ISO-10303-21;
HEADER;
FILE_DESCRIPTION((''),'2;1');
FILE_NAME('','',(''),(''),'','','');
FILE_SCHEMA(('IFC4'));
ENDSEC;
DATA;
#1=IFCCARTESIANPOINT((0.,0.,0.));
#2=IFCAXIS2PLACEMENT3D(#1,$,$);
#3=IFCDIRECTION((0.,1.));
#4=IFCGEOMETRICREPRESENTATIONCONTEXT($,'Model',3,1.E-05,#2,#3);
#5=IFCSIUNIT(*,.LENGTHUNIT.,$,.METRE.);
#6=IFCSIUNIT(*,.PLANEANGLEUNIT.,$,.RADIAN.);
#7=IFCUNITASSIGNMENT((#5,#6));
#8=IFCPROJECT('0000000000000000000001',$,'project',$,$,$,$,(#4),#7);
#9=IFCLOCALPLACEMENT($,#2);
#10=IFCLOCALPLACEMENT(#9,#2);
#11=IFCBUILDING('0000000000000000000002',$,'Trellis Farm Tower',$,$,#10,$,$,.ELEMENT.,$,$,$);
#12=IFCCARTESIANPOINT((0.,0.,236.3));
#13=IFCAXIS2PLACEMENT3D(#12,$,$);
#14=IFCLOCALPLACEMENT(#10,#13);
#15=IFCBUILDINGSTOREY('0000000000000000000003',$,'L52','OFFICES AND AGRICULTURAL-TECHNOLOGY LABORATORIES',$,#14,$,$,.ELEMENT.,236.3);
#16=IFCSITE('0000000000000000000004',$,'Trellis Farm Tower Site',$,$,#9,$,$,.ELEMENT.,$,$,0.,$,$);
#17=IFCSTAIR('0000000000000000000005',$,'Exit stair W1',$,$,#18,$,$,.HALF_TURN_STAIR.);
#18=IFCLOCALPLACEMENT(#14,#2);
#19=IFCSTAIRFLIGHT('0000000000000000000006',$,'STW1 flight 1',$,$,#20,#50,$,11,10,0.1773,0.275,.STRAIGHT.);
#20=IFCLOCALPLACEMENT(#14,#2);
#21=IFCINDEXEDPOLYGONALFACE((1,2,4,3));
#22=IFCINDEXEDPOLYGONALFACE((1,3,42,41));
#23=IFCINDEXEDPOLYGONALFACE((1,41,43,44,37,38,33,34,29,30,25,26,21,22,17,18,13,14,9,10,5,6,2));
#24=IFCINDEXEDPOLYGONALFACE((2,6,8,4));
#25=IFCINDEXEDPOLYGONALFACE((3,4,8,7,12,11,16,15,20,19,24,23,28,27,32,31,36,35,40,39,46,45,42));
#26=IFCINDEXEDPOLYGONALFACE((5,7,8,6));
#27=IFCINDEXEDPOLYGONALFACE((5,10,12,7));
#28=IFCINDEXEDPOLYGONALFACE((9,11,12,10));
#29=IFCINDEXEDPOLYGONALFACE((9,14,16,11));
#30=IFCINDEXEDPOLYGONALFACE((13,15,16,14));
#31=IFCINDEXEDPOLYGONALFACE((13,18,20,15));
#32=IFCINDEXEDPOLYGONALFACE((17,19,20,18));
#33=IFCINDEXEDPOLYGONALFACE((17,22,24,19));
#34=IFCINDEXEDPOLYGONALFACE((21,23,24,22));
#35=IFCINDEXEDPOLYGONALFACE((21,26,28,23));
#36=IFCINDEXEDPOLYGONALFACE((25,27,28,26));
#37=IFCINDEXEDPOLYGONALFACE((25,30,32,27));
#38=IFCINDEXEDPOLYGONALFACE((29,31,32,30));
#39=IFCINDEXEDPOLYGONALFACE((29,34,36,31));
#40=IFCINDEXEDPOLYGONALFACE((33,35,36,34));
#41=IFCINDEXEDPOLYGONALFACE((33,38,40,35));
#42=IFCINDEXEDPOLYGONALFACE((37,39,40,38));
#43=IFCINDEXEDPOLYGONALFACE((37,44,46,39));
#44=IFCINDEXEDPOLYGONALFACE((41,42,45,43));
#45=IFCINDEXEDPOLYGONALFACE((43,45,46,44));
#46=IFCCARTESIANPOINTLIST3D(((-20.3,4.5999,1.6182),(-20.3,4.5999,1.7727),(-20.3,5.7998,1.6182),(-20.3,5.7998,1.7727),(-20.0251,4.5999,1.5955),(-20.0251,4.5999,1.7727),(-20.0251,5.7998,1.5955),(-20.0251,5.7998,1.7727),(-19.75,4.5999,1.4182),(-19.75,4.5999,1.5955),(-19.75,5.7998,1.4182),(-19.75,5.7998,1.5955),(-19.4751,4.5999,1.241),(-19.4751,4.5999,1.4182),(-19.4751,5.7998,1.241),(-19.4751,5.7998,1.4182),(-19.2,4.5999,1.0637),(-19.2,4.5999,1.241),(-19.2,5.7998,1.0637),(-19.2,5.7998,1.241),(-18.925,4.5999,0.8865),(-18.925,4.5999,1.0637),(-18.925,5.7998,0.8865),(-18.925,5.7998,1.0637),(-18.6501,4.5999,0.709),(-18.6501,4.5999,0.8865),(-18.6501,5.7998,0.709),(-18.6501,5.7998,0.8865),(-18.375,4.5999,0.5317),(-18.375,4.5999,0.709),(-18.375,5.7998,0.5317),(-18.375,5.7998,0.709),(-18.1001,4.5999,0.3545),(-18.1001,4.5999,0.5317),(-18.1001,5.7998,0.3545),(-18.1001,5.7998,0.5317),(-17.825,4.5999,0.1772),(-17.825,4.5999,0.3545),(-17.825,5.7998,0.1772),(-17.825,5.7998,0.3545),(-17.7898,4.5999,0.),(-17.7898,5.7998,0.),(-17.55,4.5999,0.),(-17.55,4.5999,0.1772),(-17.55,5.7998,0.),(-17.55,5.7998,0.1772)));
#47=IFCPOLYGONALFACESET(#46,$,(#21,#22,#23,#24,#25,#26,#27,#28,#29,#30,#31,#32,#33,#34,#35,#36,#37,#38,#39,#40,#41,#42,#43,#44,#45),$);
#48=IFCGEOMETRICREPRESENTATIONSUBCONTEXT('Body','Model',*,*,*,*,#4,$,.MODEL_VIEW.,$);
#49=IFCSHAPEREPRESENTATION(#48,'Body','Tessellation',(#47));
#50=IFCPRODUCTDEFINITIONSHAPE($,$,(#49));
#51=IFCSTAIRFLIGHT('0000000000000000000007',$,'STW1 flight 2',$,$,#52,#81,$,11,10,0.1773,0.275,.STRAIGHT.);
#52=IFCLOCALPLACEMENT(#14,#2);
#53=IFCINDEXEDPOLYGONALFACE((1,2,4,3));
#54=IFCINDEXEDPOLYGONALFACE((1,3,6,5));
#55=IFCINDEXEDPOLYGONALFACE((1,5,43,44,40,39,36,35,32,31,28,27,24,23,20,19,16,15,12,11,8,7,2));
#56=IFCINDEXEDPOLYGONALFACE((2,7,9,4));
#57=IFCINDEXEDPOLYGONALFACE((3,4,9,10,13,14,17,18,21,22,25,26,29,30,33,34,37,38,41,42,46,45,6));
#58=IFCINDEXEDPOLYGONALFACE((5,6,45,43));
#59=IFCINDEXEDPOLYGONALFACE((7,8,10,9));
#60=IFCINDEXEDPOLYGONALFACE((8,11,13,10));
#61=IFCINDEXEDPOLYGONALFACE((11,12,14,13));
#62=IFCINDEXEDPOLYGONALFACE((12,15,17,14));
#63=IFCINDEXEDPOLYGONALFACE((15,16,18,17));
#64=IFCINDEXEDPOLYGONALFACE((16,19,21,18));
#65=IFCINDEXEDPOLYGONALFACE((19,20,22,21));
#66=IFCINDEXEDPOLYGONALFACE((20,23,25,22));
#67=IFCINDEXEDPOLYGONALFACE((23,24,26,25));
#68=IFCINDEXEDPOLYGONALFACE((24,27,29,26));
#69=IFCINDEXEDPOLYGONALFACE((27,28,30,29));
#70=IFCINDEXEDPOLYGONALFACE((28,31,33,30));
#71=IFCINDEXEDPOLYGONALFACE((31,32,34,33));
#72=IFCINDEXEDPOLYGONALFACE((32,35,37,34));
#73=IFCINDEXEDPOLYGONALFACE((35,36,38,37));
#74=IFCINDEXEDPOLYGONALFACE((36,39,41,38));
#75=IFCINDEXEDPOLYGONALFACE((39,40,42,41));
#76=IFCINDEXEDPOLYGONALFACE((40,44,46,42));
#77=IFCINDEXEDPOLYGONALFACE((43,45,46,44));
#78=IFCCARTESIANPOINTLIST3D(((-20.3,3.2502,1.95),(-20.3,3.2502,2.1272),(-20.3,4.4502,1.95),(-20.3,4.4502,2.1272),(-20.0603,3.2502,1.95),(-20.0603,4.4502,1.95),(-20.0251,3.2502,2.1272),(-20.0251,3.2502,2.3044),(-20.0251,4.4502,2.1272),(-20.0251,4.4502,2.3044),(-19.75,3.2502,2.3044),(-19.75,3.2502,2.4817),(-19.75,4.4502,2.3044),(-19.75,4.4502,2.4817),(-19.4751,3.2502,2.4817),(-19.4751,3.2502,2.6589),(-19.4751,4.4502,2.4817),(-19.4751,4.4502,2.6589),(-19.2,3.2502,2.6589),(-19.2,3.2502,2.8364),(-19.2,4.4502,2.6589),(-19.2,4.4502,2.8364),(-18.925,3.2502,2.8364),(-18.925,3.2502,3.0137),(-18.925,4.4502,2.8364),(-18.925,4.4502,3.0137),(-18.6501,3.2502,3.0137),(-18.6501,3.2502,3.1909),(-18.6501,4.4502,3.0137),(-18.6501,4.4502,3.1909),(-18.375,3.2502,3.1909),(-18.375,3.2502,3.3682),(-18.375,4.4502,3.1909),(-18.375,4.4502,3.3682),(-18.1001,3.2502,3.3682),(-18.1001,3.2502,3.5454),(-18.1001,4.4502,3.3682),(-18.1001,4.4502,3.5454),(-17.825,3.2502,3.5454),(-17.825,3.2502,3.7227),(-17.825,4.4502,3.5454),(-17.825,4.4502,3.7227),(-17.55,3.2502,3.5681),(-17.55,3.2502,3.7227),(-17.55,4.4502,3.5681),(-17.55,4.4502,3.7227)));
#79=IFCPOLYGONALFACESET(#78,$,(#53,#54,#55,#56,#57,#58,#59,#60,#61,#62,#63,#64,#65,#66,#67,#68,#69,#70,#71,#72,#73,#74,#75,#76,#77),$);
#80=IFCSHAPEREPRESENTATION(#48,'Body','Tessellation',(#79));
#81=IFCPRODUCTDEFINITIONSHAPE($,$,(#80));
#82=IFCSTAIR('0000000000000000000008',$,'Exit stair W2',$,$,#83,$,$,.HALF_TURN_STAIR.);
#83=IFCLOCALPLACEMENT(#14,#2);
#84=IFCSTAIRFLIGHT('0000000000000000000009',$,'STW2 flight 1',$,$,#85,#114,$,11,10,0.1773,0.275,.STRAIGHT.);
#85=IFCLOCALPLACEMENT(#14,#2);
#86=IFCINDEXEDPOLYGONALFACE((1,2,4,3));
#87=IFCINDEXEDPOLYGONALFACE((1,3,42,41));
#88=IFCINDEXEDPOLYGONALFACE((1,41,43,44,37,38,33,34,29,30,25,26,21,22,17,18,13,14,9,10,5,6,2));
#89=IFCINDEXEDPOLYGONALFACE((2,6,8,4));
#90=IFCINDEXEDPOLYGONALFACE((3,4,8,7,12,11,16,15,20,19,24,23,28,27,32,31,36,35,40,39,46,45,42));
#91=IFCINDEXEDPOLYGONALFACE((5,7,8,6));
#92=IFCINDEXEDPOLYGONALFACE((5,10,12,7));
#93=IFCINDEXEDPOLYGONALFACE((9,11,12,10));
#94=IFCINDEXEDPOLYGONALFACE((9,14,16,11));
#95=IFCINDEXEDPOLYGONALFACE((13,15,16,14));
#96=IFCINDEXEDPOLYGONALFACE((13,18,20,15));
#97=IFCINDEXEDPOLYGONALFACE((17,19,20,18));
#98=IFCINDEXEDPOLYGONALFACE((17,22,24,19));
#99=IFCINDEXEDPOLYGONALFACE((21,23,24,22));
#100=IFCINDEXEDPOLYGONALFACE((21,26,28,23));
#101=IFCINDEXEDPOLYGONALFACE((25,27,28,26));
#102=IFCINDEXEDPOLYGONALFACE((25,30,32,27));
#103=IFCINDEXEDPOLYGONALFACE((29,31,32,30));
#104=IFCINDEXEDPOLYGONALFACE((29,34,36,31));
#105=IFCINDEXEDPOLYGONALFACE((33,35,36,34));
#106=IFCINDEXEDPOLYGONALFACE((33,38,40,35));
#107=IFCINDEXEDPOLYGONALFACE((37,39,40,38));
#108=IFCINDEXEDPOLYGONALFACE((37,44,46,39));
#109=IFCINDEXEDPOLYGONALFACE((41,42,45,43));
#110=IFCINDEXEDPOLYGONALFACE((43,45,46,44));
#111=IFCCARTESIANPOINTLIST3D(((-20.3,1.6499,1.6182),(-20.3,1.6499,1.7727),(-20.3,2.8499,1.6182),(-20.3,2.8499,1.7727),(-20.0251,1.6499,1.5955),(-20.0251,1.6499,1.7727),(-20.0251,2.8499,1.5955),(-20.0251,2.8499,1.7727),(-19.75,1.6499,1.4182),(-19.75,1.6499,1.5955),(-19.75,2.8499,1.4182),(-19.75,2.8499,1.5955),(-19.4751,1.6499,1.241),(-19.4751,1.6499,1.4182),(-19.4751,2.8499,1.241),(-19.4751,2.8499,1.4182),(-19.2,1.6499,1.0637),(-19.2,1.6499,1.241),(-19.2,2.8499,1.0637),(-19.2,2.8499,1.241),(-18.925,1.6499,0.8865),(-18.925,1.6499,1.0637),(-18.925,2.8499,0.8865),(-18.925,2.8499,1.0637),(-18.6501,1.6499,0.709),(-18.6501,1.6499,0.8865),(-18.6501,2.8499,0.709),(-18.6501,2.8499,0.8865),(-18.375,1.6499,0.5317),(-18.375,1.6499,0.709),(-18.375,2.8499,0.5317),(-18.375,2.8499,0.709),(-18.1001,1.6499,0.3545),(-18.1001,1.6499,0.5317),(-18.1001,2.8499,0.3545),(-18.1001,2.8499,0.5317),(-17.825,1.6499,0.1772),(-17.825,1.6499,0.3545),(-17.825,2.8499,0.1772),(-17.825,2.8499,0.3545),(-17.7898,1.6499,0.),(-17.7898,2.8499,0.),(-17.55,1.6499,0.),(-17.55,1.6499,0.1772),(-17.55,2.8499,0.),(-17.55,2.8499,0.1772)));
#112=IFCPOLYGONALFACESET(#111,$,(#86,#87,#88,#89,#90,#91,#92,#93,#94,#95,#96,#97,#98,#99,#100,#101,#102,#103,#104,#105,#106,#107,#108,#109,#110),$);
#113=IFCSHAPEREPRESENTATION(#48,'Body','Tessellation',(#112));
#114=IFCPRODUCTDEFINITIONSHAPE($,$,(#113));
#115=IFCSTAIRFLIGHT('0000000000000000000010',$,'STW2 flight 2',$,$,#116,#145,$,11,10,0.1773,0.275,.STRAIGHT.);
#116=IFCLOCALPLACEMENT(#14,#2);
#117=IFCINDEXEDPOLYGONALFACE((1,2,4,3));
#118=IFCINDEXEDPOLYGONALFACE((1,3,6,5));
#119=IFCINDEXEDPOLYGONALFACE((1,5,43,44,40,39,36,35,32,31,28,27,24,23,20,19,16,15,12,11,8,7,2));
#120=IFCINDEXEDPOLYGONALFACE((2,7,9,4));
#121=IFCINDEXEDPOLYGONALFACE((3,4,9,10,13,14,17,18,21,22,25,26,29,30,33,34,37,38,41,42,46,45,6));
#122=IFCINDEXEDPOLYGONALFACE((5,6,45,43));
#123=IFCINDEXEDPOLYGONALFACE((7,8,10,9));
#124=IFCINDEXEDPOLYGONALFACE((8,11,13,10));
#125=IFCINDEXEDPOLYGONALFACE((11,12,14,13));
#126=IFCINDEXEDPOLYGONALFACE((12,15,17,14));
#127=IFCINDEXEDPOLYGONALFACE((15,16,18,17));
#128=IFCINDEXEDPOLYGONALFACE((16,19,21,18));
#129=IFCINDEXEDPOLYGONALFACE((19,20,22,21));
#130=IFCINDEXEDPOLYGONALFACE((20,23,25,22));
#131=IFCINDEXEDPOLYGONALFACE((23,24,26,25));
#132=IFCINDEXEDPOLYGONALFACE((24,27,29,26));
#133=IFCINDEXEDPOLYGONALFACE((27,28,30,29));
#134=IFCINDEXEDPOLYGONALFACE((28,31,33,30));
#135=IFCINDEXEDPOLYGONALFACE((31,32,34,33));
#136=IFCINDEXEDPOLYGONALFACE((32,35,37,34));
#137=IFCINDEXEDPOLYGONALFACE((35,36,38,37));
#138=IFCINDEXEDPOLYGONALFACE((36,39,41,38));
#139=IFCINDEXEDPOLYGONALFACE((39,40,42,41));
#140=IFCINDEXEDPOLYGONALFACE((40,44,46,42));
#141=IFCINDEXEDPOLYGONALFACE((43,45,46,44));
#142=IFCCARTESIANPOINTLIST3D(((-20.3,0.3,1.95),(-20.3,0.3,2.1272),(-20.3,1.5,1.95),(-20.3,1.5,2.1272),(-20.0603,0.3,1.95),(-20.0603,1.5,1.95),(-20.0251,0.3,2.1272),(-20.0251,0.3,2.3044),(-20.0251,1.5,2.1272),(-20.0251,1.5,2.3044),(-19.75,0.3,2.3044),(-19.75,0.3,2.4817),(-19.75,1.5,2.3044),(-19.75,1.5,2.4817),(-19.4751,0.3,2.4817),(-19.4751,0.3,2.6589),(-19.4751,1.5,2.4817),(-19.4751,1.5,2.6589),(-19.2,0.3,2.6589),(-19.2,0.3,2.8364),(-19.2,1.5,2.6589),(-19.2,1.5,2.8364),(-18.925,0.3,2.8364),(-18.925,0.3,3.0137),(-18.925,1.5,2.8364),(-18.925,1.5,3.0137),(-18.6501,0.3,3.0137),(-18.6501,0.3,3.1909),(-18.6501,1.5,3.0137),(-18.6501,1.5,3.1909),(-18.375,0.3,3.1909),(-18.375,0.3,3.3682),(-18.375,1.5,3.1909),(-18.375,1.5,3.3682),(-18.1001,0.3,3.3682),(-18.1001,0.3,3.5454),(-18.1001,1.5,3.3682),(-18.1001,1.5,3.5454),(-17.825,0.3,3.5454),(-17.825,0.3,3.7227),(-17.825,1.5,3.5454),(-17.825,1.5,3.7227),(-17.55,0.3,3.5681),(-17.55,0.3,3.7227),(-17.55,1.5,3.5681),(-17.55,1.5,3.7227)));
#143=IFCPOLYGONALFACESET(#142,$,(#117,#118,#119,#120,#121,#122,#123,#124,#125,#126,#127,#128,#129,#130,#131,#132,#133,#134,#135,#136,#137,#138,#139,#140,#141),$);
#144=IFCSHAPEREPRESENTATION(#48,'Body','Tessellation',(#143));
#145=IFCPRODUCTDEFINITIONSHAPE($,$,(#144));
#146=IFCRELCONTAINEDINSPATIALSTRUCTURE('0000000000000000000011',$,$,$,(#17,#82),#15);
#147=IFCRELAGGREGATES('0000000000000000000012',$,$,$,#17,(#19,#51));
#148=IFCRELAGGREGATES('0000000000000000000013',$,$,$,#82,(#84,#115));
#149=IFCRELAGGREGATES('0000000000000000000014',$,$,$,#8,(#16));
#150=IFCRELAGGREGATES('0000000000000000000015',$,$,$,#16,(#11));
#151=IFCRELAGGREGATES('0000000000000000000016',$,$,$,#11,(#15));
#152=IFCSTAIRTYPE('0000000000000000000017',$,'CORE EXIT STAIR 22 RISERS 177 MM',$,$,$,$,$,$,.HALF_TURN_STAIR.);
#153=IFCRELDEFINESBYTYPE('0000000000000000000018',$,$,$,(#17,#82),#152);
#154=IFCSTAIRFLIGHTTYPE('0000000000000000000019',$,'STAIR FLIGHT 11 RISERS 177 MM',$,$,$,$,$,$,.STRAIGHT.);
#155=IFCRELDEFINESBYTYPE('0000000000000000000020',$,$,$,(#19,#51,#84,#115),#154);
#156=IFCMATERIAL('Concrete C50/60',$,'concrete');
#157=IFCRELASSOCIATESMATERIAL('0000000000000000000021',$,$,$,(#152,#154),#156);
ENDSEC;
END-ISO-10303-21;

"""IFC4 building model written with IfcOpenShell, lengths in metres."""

from ifc_helpers import new_model, si_unit, direction, frame, origin, place, context, subcontext, project, spatial, polyline, outline, extrude, source, transform, mapped, material, type_object, element, aggregate, save


model = new_model("IFC4")

# Units and contexts
model_context = context("Model", 3, precision=1e-05, world=origin(), true_north=direction((0.0, 1.0)))
body_context = subcontext(model_context, "Body", "Model", "MODEL_VIEW")
ifc_project = project(units=[si_unit("LENGTHUNIT", "METRE"), si_unit("PLANEANGLEUNIT", "RADIAN")], contexts=[model_context])

# Site, building, storey
site_placement = place(None, origin())
site = spatial("IfcSite", under=ifc_project, at=site_placement, Name="Trellis Farm Tower Site", CompositionType="ELEMENT", RefElevation=0.0)
building_placement = place(site_placement, origin())
building = spatial("IfcBuilding", under=site, at=building_placement, Name="Trellis Farm Tower", CompositionType="ELEMENT")
storey_placement = place(building_placement, frame((0.0, 0.0, 236.3)))
storey = spatial("IfcBuildingStorey", under=building, at=storey_placement, Name="L52", Description="OFFICES AND AGRICULTURAL-TECHNOLOGY LABORATORIES", CompositionType="ELEMENT", Elevation=236.3)

# Shared definitions
placement = place(storey_placement, origin())

# Stairs, stair flights
ifc_material_1 = material(Name="Concrete C50/60", Category="concrete")
stair_type = type_object("IfcStairType", Name="CORE EXIT STAIR 22 RISERS 177 MM", PredefinedType="HALF_TURN_STAIR", material=ifc_material_1)
stair_1 = element("IfcStair", 1, at=placement, inside=storey, type_object=stair_type, Name="Exit stair W1", PredefinedType="HALF_TURN_STAIR")
stair_flight_type = type_object("IfcStairFlightType", Name="STAIR FLIGHT 11 RISERS 177 MM", PredefinedType="STRAIGHT", material=ifc_material_1)
shared_shape_1 = source(origin(), body_context, "Body", "SweptSolid", [
    extrude(outline(polyline([(0.0, 0.0), (0.0, 0.1772), (0.2749, 0.1772), (0.2749, 0.3545), (0.55, 0.3545), (0.55, 0.5317), (0.825, 0.5317), (0.825, 0.709), (1.1001, 0.709), (1.1001, 0.8865), (1.375, 0.8865), (1.375, 1.0637), (1.6499, 1.0637), (1.6499, 1.241), (1.925, 1.241), (1.925, 1.4182), (2.2, 1.4182), (2.2, 1.5955), (2.4751, 1.5955), (2.4751, 1.7727), (2.75, 1.7727), (2.75, 1.95), (2.75, 1.6182), (0.2397, 0.0), (0.0, 0.0)])), frame((0.0, 0.6001, 0.0), z_axis=(0.0, -1.0, 0.0), x_axis=(1.0, 0.0, 0.0)), (0.0, 0.0, 1.0), 1.2),
])
stair_flight_1_placement = place(storey_placement, frame((-17.55, 5.2, 0.0), z_axis=(0.0, 0.0, 1.0), x_axis=(-1.0, 0.0, 0.0)))
stair_flight_1 = element("IfcStairFlight", 2, at=stair_flight_1_placement, type_object=stair_flight_type, Name="STW1 flight 1", NumberOfRisers=11, NumberOfTreads=10, PredefinedType="STRAIGHT", RiserHeight=0.1773, TreadLength=0.275, context=body_context, shape_type="MappedRepresentation", body=[
    mapped(shared_shape_1, transform((0.0, 0.0, 0.0))),
])
stair_flight_2_placement = place(storey_placement, frame((-20.3, 3.8501, 1.95), z_axis=(0.0, 0.0, 1.0), x_axis=(1.0, 0.0, 0.0)))
stair_flight_2 = element("IfcStairFlight", 3, at=stair_flight_2_placement, type_object=stair_flight_type, Name="STW1 flight 2", NumberOfRisers=11, NumberOfTreads=10, PredefinedType="STRAIGHT", RiserHeight=0.1773, TreadLength=0.275, context=body_context, shape_type="MappedRepresentation", body=[
    mapped(shared_shape_1, transform((0.0, 0.0, 0.0))),
])
aggregate(stair_1, [stair_flight_1, stair_flight_2])
stair_2 = element("IfcStair", 4, at=placement, inside=storey, type_object=stair_type, Name="Exit stair W2", PredefinedType="HALF_TURN_STAIR")
stair_flight_3_placement = place(storey_placement, frame((-17.55, 2.25, 0.0), z_axis=(0.0, 0.0, 1.0), x_axis=(-1.0, 0.0, 0.0)))
stair_flight_3 = element("IfcStairFlight", 5, at=stair_flight_3_placement, type_object=stair_flight_type, Name="STW2 flight 1", NumberOfRisers=11, NumberOfTreads=10, PredefinedType="STRAIGHT", RiserHeight=0.1773, TreadLength=0.275, context=body_context, shape_type="MappedRepresentation", body=[
    mapped(shared_shape_1, transform((0.0, 0.0, 0.0))),
])
stair_flight_4_placement = place(storey_placement, frame((-20.3, 0.8999, 1.95), z_axis=(0.0, 0.0, 1.0), x_axis=(1.0, 0.0, 0.0)))
stair_flight_4 = element("IfcStairFlight", 6, at=stair_flight_4_placement, type_object=stair_flight_type, Name="STW2 flight 2", NumberOfRisers=11, NumberOfTreads=10, PredefinedType="STRAIGHT", RiserHeight=0.1773, TreadLength=0.275, context=body_context, shape_type="MappedRepresentation", body=[
    mapped(shared_shape_1, transform((0.0, 0.0, 0.0))),
])
aggregate(stair_2, [stair_flight_3, stair_flight_4])

save(model, "model.ifc")
